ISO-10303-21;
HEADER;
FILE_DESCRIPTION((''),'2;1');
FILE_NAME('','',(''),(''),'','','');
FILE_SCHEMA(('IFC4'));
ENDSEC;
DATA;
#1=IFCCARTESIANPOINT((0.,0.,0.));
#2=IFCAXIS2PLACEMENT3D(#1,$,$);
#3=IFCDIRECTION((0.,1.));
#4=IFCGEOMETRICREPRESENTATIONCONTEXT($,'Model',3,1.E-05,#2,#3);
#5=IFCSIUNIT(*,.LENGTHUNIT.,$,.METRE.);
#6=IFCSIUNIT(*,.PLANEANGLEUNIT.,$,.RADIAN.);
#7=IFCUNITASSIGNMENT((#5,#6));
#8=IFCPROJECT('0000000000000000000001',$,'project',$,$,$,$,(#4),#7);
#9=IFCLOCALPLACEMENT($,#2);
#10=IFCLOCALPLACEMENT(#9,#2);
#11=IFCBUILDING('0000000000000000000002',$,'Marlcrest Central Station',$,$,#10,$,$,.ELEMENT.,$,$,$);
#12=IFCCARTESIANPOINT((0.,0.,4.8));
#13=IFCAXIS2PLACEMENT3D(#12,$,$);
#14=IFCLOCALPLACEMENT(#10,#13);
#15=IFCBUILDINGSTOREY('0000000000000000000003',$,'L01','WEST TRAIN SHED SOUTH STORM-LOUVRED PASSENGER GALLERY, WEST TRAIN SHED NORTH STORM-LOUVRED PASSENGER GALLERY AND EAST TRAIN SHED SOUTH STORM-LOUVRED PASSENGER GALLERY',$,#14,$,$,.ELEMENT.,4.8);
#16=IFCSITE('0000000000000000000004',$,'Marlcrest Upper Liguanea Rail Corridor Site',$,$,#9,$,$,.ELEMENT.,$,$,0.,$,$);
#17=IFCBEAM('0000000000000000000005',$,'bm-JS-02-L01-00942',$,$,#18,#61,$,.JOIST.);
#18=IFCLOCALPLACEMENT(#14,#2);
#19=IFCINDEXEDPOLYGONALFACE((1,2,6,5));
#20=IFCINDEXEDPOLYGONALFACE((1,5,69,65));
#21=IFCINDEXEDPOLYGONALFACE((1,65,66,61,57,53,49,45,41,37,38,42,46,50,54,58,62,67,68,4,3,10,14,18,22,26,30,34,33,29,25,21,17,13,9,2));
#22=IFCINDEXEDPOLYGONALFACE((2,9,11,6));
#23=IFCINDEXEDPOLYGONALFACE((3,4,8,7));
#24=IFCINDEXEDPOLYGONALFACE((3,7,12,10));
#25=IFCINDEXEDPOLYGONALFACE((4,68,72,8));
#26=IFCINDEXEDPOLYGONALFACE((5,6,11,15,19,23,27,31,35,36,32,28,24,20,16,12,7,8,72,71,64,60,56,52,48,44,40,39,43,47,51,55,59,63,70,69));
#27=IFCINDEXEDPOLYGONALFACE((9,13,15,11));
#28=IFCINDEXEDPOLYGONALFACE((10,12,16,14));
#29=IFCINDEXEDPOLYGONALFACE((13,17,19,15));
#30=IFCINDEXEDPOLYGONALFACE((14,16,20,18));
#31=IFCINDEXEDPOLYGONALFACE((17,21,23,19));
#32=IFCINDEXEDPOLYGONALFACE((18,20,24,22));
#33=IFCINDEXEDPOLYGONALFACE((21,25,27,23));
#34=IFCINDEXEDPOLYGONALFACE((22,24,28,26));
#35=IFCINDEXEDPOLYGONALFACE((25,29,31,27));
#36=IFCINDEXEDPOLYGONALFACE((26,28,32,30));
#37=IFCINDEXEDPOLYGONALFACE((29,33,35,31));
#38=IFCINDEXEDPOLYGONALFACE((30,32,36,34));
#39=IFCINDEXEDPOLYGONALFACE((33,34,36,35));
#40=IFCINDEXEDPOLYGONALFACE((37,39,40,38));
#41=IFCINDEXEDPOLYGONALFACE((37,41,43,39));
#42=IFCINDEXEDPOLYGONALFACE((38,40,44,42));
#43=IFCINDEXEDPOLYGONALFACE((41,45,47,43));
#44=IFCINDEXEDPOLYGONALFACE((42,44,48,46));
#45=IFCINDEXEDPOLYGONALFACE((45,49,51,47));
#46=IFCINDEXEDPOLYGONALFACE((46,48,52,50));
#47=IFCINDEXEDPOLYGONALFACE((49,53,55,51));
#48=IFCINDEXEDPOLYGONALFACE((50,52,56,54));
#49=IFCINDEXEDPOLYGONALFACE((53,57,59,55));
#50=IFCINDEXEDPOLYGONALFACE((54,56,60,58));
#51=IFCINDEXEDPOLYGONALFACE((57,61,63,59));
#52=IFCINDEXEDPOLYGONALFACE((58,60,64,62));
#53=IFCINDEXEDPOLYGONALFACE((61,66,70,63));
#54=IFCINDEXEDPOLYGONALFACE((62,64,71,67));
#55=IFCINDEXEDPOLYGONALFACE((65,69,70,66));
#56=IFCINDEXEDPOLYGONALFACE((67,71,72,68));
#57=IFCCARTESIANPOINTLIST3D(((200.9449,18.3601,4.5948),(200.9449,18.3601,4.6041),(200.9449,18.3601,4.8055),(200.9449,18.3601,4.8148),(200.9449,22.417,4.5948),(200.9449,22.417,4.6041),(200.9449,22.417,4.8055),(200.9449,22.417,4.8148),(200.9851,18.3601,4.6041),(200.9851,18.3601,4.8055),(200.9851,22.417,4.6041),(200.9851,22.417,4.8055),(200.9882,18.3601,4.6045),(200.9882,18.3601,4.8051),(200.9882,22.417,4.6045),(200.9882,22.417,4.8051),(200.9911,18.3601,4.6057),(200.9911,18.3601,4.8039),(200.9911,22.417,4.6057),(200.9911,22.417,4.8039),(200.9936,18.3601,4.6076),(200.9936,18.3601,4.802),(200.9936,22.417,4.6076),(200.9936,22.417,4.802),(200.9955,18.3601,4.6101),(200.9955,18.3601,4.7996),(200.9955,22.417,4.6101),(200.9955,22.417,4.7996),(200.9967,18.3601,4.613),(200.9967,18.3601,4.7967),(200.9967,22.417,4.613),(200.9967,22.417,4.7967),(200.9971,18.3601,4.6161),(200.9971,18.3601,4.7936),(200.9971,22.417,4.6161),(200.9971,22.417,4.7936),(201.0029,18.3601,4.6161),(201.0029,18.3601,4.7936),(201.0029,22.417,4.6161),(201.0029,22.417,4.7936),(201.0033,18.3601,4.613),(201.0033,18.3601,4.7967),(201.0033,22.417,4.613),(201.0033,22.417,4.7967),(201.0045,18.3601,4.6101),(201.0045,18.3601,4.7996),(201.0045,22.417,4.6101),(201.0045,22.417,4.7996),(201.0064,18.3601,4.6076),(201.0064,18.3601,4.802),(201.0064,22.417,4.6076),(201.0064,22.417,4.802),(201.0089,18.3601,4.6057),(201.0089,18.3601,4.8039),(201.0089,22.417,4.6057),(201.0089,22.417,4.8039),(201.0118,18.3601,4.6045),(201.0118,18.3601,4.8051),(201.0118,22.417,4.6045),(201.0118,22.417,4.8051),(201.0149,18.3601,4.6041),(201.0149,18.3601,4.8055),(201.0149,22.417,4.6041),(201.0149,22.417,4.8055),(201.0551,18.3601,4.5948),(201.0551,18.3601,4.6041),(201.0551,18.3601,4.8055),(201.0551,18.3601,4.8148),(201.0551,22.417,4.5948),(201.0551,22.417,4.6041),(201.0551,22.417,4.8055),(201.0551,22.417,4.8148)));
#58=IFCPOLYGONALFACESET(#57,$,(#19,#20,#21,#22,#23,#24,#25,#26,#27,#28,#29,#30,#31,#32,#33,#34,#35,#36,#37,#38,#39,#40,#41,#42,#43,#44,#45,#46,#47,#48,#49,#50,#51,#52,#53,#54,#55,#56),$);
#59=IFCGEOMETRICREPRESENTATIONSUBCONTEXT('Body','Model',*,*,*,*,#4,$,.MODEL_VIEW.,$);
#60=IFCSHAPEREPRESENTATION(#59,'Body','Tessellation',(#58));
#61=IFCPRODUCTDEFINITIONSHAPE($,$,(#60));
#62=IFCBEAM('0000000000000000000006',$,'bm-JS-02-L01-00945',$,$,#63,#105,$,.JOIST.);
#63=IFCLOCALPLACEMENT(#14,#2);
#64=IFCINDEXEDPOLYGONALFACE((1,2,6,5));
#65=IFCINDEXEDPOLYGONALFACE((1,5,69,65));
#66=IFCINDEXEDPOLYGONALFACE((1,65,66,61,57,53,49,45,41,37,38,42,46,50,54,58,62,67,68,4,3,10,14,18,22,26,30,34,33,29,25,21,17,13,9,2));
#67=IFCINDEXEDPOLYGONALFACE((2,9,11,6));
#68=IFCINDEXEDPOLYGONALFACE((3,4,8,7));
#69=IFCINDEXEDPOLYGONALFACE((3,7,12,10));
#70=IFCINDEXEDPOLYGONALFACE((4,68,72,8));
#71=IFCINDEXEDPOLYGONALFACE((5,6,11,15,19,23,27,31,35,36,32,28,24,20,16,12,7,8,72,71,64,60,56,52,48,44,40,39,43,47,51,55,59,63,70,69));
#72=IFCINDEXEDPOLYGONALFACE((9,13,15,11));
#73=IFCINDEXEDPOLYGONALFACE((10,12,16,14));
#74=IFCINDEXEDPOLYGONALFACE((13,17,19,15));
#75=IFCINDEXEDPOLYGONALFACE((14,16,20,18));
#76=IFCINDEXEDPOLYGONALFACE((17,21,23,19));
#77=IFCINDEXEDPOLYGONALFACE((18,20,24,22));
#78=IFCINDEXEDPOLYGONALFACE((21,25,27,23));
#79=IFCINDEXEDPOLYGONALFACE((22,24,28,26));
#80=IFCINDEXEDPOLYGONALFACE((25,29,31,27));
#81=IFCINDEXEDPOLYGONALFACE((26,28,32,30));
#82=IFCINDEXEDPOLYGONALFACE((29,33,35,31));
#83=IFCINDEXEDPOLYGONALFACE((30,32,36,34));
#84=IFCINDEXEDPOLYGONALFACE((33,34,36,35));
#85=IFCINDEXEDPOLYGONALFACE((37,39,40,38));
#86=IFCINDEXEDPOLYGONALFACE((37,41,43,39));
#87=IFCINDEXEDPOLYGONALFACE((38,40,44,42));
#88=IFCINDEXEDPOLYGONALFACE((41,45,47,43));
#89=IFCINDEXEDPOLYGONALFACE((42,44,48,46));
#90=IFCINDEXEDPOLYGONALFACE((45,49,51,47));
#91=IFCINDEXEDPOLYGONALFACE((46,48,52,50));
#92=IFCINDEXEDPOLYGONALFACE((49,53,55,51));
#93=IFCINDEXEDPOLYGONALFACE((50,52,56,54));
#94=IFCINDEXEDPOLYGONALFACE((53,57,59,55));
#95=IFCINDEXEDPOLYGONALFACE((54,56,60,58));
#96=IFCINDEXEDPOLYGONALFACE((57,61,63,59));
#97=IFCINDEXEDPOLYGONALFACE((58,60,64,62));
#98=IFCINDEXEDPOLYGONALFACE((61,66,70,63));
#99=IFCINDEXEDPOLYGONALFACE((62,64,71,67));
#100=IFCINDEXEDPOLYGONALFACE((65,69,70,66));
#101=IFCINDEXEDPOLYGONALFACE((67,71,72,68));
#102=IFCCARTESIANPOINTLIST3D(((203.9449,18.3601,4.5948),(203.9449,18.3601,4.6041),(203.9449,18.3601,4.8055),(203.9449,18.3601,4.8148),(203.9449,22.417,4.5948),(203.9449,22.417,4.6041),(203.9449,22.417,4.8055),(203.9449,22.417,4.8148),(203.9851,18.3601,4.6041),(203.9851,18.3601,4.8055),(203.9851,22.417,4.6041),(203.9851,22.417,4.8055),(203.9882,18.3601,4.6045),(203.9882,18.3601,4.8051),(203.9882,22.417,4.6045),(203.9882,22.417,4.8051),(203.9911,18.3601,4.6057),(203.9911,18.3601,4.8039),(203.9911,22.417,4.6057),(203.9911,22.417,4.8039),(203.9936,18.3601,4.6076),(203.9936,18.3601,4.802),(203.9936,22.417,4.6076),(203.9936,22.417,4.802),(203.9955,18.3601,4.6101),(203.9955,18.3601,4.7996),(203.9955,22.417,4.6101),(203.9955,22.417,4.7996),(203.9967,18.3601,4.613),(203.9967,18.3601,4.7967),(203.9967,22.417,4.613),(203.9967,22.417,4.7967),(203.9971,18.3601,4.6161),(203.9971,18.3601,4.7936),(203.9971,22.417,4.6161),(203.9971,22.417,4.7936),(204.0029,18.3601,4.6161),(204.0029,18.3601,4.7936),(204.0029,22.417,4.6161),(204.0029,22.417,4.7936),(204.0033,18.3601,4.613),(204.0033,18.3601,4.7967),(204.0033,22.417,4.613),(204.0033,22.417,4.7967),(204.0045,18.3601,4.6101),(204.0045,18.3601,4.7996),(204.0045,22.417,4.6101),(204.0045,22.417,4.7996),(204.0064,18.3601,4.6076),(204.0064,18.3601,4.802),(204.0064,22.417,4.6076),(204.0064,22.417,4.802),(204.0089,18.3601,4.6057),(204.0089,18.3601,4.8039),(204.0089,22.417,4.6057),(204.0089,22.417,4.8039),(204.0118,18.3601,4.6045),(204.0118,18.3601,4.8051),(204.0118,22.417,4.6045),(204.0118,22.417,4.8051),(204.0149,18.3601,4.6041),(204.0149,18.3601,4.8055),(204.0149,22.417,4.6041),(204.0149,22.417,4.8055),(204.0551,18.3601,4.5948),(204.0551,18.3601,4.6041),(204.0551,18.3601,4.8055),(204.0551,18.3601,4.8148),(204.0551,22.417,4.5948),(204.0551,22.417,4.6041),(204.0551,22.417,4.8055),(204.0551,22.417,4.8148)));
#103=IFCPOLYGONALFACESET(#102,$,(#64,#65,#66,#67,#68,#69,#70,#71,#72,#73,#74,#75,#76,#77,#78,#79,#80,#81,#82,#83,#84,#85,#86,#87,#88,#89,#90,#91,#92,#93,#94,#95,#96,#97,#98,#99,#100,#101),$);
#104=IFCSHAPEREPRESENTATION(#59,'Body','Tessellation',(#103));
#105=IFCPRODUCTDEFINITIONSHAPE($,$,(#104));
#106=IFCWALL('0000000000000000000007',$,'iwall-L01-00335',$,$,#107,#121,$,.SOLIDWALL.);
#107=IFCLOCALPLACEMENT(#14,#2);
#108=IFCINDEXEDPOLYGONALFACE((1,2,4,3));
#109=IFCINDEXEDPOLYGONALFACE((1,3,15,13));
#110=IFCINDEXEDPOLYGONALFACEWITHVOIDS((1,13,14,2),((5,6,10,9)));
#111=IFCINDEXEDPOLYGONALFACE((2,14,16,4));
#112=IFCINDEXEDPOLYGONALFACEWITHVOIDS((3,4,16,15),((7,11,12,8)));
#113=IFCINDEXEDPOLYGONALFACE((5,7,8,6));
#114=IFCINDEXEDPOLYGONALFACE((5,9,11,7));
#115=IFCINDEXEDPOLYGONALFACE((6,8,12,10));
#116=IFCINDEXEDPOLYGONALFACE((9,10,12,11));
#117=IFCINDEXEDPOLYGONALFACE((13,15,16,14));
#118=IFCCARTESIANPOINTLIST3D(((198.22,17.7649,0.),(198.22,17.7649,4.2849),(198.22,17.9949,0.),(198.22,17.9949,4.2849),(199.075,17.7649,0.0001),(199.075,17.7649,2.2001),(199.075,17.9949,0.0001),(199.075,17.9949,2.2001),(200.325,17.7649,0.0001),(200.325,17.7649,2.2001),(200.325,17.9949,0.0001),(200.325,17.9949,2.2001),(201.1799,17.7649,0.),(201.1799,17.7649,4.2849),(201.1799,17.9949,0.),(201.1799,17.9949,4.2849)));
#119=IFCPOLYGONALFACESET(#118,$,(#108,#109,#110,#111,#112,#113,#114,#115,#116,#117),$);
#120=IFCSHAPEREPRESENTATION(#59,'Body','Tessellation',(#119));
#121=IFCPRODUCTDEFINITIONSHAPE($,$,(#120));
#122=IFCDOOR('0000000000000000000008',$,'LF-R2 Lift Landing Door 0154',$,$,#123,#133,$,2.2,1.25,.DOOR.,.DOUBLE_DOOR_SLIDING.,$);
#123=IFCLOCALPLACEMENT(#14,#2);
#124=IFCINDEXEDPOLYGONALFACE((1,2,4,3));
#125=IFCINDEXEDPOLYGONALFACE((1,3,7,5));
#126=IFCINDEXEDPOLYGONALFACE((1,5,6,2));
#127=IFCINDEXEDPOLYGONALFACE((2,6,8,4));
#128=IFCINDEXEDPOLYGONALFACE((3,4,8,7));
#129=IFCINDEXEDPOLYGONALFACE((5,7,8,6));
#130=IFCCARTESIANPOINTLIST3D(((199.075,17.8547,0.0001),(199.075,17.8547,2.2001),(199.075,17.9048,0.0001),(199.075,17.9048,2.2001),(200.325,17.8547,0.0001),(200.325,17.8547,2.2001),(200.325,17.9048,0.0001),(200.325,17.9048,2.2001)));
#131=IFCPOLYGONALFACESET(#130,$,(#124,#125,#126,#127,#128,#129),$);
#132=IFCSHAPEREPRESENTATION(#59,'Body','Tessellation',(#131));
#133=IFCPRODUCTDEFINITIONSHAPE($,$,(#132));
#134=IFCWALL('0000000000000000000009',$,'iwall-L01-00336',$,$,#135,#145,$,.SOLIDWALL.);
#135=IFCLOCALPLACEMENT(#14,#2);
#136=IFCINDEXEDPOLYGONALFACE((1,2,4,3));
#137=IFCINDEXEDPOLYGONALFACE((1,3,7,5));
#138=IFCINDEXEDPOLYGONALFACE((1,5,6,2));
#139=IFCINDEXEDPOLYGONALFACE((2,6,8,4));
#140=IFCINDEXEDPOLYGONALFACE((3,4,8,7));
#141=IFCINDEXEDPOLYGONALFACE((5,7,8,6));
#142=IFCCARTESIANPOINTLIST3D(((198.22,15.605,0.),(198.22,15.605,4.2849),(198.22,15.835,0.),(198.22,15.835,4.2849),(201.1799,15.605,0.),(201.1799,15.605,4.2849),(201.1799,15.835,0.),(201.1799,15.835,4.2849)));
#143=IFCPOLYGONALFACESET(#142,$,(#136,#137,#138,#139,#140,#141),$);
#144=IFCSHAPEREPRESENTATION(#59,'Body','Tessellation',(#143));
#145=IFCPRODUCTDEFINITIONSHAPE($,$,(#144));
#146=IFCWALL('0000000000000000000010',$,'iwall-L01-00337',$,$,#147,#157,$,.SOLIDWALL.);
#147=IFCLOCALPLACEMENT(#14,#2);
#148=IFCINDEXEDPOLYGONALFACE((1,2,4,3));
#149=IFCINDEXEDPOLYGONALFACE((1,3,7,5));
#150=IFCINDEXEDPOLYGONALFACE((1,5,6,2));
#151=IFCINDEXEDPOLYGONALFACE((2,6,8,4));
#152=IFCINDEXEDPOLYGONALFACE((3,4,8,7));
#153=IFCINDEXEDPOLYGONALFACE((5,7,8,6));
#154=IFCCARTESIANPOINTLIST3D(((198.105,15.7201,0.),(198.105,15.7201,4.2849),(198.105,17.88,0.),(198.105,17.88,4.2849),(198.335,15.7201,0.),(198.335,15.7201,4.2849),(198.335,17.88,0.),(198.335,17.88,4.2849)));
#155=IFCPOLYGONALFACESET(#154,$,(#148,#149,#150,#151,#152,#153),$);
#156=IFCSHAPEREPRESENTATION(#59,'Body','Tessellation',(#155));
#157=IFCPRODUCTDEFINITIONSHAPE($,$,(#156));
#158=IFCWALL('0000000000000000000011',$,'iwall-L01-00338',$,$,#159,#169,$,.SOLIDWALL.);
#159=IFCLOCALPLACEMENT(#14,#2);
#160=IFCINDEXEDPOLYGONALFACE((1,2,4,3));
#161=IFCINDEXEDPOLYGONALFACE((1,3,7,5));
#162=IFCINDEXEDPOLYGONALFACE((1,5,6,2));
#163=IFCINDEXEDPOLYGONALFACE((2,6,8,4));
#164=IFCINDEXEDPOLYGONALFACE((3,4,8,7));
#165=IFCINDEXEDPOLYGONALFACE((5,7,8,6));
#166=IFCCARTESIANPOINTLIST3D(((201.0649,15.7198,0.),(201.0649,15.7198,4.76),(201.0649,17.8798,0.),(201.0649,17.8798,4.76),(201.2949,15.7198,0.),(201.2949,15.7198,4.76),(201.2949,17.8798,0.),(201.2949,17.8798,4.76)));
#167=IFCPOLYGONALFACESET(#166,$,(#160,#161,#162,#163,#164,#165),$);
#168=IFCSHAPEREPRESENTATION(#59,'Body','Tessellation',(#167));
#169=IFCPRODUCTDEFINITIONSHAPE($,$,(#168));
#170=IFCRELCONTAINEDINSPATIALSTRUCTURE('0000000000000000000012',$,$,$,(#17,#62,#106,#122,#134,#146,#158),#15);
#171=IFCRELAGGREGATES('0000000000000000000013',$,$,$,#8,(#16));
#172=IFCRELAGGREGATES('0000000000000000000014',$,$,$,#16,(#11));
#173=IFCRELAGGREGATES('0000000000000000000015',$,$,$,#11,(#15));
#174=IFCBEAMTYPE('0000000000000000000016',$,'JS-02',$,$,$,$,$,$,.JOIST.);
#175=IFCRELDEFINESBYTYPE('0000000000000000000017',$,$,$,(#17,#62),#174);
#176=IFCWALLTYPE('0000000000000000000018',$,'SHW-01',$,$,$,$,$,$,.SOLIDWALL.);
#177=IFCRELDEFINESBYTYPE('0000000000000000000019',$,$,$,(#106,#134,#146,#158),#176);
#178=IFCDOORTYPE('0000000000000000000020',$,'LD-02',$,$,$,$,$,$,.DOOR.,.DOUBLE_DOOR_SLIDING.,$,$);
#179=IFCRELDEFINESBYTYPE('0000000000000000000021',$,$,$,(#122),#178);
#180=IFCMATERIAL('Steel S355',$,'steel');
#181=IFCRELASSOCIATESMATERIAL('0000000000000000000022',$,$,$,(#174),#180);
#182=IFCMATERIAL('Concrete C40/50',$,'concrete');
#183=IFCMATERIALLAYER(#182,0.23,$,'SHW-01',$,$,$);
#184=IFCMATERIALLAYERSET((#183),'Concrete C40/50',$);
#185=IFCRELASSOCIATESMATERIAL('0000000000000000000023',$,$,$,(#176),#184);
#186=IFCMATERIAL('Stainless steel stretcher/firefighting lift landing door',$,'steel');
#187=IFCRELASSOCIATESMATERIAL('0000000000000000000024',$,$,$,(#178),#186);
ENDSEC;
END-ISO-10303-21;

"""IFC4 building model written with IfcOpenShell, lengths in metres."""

from ifc_helpers import new_model, si_unit, direction, frame, frame_2d, origin, origin_2d, place, context, subcontext, project, spatial, rectangle, i_section, extrude, material, layer, layer_set, material_profile, profile_set, type_object, element, fill, save


model = new_model("IFC4")

# Units and contexts
model_context = context("Model", 3, precision=1e-05, world=origin(), true_north=direction((0.0, 1.0)))
body_context = subcontext(model_context, "Body", "Model", "MODEL_VIEW")
ifc_project = project(units=[si_unit("LENGTHUNIT", "METRE"), si_unit("PLANEANGLEUNIT", "RADIAN")], contexts=[model_context])

# Site, building, storey
site_placement = place(None, origin())
site = spatial("IfcSite", under=ifc_project, at=site_placement, Name="Marlcrest Upper Liguanea Rail Corridor Site", CompositionType="ELEMENT", RefElevation=0.0)
building_placement = place(site_placement, origin())
building = spatial("IfcBuilding", under=site, at=building_placement, Name="Marlcrest Central Station", CompositionType="ELEMENT")
storey_placement = place(building_placement, frame((0.0, 0.0, 4.8)))
storey = spatial("IfcBuildingStorey", under=building, at=storey_placement, Name="L01", Description="WEST TRAIN SHED SOUTH STORM-LOUVRED PASSENGER GALLERY, WEST TRAIN SHED NORTH STORM-LOUVRED PASSENGER GALLERY AND EAST TRAIN SHED SOUTH STORM-LOUVRED PASSENGER GALLERY", CompositionType="ELEMENT", Elevation=4.8)

# Shared definitions
ifc_material_1 = material(Name="Steel S355", Category="steel")

# Beams
ifc_material_profile_1 = material_profile(ifc_material_1, i_section(OverallWidth=0.1101, OverallDepth=0.22, WebThickness=0.0059, FlangeThickness=0.0093, FilletRadius=0.012, at=origin_2d()), Name="IPE 220")
ifc_profile_set_1 = profile_set([ifc_material_profile_1], Name="Steel S355")
beam_type_1 = type_object("IfcBeamType", Name="JS-02", PredefinedType="JOIST", material=ifc_profile_set_1)
for number, where, z_axis, x_axis, name in (
    (1, (201.0, 18.3601, 4.7048), (0.0, 1.0, 0.0), (-1.0, 0.0, 0.0), "bm-JS-02-L01-00942"),
    (2, (204.0, 18.3601, 4.7048), (0.0, 1.0, 0.0), (-1.0, 0.0, 0.0), "bm-JS-02-L01-00945"),
):
    element("IfcBeam", number, at=place(storey_placement, frame(where, z_axis=z_axis, x_axis=x_axis)), inside=storey, type_object=beam_type_1, Name=name, PredefinedType="JOIST", context=body_context, shape_type="SweptSolid", body=[
        extrude(i_section(OverallWidth=0.1101, OverallDepth=0.22, WebThickness=0.0059, FlangeThickness=0.0093, FilletRadius=0.012, at=origin_2d()), origin(), (0.0, 0.0, 1.0), 4.0569),
    ])

# Wall, opening, door
ifc_material_2 = material(Name="Concrete C40/50", Category="concrete")
ifc_layer = layer(ifc_material_2, 0.23, Name="SHW-01")
ifc_layer_set = layer_set([ifc_layer], Name="Concrete C40/50")
wall_type = type_object("IfcWallType", Name="SHW-01", PredefinedType="SOLIDWALL", material=ifc_layer_set)
wall_1_placement = place(storey_placement, frame((198.22, 17.8799, 0.0), z_axis=(0.0, 0.0, 1.0), x_axis=(1.0, 0.0, 0.0)))
wall_1 = element("IfcWall", 3, at=wall_1_placement, inside=storey, type_object=wall_type, Name="iwall-L01-00335", PredefinedType="SOLIDWALL", context=body_context, shape_type="SweptSolid", body=[
    extrude(rectangle(XDim=2.96, YDim=0.23, at=frame_2d((1.48, 0.0))), origin(), (0.0, 0.0, 1.0), 4.2849),
])
opening_placement = place(wall_1_placement, frame((0.855, 0.0, 0.0)))
opening = element("IfcOpeningElement", 4, at=opening_placement, cuts=wall_1, PredefinedType="OPENING", context=body_context, shape_type="SweptSolid", body=[
    extrude(rectangle(XDim=1.25, YDim=2.2, at=frame_2d((0.625, 1.1001))), frame((0.0, 0.125, 0.0), z_axis=(0.0, -1.0, 0.0), x_axis=(1.0, 0.0, 0.0)), (0.0, 0.0, 1.0), 0.25),
])
ifc_material_3 = material(Name="Stainless steel stretcher/firefighting lift landing door", Category="steel")
door_type = type_object("IfcDoorType", Name="LD-02", OperationType="DOUBLE_DOOR_SLIDING", PredefinedType="DOOR", material=ifc_material_3)
door_placement = place(opening_placement, origin())
door = element("IfcDoor", 5, at=door_placement, inside=storey, type_object=door_type, Name="LF-R2 Lift Landing Door 0154", OperationType="DOUBLE_DOOR_SLIDING", OverallHeight=2.2, OverallWidth=1.25, PredefinedType="DOOR", context=body_context, shape_type="SweptSolid", body=[
    extrude(rectangle(XDim=1.25, YDim=2.2, at=frame_2d((0.625, 1.1001))), frame((0.0, 0.0249, 0.0), z_axis=(0.0, -1.0, 0.0), x_axis=(1.0, 0.0, 0.0)), (0.0, 0.0, 1.0), 0.05),
])
fill(opening, door)

# Walls
wall_2_placement = place(storey_placement, frame((201.1799, 15.72, 0.0), z_axis=(0.0, 0.0, 1.0), x_axis=(-1.0, 0.0, 0.0)))
element("IfcWall", 6, at=wall_2_placement, inside=storey, type_object=wall_type, Name="iwall-L01-00336", PredefinedType="SOLIDWALL", context=body_context, shape_type="SweptSolid", body=[
    extrude(rectangle(XDim=2.96, YDim=0.23, at=frame_2d((1.48, 0.0))), origin(), (0.0, 0.0, 1.0), 4.2849),
])
wall_3_placement = place(storey_placement, frame((198.22, 15.72, 0.0), z_axis=(0.0, 0.0, 1.0), x_axis=(0.0, 1.0, 0.0)))
element("IfcWall", 7, at=wall_3_placement, inside=storey, type_object=wall_type, Name="iwall-L01-00337", PredefinedType="SOLIDWALL", context=body_context, shape_type="SweptSolid", body=[
    extrude(rectangle(XDim=2.1599, YDim=0.23, at=frame_2d((1.0801, 0.0))), origin(), (0.0, 0.0, 1.0), 4.2849),
])
wall_4_placement = place(storey_placement, frame((201.1799, 17.8799, 0.0), z_axis=(0.0, 0.0, 1.0), x_axis=(0.0, -1.0, 0.0)))
element("IfcWall", 8, at=wall_4_placement, inside=storey, type_object=wall_type, Name="iwall-L01-00338", PredefinedType="SOLIDWALL", context=body_context, shape_type="SweptSolid", body=[
    extrude(rectangle(XDim=2.1599, YDim=0.23, at=frame_2d((1.0801, 0.0))), origin(), (0.0, 0.0, 1.0), 4.76),
])

save(model, "model.ifc")
